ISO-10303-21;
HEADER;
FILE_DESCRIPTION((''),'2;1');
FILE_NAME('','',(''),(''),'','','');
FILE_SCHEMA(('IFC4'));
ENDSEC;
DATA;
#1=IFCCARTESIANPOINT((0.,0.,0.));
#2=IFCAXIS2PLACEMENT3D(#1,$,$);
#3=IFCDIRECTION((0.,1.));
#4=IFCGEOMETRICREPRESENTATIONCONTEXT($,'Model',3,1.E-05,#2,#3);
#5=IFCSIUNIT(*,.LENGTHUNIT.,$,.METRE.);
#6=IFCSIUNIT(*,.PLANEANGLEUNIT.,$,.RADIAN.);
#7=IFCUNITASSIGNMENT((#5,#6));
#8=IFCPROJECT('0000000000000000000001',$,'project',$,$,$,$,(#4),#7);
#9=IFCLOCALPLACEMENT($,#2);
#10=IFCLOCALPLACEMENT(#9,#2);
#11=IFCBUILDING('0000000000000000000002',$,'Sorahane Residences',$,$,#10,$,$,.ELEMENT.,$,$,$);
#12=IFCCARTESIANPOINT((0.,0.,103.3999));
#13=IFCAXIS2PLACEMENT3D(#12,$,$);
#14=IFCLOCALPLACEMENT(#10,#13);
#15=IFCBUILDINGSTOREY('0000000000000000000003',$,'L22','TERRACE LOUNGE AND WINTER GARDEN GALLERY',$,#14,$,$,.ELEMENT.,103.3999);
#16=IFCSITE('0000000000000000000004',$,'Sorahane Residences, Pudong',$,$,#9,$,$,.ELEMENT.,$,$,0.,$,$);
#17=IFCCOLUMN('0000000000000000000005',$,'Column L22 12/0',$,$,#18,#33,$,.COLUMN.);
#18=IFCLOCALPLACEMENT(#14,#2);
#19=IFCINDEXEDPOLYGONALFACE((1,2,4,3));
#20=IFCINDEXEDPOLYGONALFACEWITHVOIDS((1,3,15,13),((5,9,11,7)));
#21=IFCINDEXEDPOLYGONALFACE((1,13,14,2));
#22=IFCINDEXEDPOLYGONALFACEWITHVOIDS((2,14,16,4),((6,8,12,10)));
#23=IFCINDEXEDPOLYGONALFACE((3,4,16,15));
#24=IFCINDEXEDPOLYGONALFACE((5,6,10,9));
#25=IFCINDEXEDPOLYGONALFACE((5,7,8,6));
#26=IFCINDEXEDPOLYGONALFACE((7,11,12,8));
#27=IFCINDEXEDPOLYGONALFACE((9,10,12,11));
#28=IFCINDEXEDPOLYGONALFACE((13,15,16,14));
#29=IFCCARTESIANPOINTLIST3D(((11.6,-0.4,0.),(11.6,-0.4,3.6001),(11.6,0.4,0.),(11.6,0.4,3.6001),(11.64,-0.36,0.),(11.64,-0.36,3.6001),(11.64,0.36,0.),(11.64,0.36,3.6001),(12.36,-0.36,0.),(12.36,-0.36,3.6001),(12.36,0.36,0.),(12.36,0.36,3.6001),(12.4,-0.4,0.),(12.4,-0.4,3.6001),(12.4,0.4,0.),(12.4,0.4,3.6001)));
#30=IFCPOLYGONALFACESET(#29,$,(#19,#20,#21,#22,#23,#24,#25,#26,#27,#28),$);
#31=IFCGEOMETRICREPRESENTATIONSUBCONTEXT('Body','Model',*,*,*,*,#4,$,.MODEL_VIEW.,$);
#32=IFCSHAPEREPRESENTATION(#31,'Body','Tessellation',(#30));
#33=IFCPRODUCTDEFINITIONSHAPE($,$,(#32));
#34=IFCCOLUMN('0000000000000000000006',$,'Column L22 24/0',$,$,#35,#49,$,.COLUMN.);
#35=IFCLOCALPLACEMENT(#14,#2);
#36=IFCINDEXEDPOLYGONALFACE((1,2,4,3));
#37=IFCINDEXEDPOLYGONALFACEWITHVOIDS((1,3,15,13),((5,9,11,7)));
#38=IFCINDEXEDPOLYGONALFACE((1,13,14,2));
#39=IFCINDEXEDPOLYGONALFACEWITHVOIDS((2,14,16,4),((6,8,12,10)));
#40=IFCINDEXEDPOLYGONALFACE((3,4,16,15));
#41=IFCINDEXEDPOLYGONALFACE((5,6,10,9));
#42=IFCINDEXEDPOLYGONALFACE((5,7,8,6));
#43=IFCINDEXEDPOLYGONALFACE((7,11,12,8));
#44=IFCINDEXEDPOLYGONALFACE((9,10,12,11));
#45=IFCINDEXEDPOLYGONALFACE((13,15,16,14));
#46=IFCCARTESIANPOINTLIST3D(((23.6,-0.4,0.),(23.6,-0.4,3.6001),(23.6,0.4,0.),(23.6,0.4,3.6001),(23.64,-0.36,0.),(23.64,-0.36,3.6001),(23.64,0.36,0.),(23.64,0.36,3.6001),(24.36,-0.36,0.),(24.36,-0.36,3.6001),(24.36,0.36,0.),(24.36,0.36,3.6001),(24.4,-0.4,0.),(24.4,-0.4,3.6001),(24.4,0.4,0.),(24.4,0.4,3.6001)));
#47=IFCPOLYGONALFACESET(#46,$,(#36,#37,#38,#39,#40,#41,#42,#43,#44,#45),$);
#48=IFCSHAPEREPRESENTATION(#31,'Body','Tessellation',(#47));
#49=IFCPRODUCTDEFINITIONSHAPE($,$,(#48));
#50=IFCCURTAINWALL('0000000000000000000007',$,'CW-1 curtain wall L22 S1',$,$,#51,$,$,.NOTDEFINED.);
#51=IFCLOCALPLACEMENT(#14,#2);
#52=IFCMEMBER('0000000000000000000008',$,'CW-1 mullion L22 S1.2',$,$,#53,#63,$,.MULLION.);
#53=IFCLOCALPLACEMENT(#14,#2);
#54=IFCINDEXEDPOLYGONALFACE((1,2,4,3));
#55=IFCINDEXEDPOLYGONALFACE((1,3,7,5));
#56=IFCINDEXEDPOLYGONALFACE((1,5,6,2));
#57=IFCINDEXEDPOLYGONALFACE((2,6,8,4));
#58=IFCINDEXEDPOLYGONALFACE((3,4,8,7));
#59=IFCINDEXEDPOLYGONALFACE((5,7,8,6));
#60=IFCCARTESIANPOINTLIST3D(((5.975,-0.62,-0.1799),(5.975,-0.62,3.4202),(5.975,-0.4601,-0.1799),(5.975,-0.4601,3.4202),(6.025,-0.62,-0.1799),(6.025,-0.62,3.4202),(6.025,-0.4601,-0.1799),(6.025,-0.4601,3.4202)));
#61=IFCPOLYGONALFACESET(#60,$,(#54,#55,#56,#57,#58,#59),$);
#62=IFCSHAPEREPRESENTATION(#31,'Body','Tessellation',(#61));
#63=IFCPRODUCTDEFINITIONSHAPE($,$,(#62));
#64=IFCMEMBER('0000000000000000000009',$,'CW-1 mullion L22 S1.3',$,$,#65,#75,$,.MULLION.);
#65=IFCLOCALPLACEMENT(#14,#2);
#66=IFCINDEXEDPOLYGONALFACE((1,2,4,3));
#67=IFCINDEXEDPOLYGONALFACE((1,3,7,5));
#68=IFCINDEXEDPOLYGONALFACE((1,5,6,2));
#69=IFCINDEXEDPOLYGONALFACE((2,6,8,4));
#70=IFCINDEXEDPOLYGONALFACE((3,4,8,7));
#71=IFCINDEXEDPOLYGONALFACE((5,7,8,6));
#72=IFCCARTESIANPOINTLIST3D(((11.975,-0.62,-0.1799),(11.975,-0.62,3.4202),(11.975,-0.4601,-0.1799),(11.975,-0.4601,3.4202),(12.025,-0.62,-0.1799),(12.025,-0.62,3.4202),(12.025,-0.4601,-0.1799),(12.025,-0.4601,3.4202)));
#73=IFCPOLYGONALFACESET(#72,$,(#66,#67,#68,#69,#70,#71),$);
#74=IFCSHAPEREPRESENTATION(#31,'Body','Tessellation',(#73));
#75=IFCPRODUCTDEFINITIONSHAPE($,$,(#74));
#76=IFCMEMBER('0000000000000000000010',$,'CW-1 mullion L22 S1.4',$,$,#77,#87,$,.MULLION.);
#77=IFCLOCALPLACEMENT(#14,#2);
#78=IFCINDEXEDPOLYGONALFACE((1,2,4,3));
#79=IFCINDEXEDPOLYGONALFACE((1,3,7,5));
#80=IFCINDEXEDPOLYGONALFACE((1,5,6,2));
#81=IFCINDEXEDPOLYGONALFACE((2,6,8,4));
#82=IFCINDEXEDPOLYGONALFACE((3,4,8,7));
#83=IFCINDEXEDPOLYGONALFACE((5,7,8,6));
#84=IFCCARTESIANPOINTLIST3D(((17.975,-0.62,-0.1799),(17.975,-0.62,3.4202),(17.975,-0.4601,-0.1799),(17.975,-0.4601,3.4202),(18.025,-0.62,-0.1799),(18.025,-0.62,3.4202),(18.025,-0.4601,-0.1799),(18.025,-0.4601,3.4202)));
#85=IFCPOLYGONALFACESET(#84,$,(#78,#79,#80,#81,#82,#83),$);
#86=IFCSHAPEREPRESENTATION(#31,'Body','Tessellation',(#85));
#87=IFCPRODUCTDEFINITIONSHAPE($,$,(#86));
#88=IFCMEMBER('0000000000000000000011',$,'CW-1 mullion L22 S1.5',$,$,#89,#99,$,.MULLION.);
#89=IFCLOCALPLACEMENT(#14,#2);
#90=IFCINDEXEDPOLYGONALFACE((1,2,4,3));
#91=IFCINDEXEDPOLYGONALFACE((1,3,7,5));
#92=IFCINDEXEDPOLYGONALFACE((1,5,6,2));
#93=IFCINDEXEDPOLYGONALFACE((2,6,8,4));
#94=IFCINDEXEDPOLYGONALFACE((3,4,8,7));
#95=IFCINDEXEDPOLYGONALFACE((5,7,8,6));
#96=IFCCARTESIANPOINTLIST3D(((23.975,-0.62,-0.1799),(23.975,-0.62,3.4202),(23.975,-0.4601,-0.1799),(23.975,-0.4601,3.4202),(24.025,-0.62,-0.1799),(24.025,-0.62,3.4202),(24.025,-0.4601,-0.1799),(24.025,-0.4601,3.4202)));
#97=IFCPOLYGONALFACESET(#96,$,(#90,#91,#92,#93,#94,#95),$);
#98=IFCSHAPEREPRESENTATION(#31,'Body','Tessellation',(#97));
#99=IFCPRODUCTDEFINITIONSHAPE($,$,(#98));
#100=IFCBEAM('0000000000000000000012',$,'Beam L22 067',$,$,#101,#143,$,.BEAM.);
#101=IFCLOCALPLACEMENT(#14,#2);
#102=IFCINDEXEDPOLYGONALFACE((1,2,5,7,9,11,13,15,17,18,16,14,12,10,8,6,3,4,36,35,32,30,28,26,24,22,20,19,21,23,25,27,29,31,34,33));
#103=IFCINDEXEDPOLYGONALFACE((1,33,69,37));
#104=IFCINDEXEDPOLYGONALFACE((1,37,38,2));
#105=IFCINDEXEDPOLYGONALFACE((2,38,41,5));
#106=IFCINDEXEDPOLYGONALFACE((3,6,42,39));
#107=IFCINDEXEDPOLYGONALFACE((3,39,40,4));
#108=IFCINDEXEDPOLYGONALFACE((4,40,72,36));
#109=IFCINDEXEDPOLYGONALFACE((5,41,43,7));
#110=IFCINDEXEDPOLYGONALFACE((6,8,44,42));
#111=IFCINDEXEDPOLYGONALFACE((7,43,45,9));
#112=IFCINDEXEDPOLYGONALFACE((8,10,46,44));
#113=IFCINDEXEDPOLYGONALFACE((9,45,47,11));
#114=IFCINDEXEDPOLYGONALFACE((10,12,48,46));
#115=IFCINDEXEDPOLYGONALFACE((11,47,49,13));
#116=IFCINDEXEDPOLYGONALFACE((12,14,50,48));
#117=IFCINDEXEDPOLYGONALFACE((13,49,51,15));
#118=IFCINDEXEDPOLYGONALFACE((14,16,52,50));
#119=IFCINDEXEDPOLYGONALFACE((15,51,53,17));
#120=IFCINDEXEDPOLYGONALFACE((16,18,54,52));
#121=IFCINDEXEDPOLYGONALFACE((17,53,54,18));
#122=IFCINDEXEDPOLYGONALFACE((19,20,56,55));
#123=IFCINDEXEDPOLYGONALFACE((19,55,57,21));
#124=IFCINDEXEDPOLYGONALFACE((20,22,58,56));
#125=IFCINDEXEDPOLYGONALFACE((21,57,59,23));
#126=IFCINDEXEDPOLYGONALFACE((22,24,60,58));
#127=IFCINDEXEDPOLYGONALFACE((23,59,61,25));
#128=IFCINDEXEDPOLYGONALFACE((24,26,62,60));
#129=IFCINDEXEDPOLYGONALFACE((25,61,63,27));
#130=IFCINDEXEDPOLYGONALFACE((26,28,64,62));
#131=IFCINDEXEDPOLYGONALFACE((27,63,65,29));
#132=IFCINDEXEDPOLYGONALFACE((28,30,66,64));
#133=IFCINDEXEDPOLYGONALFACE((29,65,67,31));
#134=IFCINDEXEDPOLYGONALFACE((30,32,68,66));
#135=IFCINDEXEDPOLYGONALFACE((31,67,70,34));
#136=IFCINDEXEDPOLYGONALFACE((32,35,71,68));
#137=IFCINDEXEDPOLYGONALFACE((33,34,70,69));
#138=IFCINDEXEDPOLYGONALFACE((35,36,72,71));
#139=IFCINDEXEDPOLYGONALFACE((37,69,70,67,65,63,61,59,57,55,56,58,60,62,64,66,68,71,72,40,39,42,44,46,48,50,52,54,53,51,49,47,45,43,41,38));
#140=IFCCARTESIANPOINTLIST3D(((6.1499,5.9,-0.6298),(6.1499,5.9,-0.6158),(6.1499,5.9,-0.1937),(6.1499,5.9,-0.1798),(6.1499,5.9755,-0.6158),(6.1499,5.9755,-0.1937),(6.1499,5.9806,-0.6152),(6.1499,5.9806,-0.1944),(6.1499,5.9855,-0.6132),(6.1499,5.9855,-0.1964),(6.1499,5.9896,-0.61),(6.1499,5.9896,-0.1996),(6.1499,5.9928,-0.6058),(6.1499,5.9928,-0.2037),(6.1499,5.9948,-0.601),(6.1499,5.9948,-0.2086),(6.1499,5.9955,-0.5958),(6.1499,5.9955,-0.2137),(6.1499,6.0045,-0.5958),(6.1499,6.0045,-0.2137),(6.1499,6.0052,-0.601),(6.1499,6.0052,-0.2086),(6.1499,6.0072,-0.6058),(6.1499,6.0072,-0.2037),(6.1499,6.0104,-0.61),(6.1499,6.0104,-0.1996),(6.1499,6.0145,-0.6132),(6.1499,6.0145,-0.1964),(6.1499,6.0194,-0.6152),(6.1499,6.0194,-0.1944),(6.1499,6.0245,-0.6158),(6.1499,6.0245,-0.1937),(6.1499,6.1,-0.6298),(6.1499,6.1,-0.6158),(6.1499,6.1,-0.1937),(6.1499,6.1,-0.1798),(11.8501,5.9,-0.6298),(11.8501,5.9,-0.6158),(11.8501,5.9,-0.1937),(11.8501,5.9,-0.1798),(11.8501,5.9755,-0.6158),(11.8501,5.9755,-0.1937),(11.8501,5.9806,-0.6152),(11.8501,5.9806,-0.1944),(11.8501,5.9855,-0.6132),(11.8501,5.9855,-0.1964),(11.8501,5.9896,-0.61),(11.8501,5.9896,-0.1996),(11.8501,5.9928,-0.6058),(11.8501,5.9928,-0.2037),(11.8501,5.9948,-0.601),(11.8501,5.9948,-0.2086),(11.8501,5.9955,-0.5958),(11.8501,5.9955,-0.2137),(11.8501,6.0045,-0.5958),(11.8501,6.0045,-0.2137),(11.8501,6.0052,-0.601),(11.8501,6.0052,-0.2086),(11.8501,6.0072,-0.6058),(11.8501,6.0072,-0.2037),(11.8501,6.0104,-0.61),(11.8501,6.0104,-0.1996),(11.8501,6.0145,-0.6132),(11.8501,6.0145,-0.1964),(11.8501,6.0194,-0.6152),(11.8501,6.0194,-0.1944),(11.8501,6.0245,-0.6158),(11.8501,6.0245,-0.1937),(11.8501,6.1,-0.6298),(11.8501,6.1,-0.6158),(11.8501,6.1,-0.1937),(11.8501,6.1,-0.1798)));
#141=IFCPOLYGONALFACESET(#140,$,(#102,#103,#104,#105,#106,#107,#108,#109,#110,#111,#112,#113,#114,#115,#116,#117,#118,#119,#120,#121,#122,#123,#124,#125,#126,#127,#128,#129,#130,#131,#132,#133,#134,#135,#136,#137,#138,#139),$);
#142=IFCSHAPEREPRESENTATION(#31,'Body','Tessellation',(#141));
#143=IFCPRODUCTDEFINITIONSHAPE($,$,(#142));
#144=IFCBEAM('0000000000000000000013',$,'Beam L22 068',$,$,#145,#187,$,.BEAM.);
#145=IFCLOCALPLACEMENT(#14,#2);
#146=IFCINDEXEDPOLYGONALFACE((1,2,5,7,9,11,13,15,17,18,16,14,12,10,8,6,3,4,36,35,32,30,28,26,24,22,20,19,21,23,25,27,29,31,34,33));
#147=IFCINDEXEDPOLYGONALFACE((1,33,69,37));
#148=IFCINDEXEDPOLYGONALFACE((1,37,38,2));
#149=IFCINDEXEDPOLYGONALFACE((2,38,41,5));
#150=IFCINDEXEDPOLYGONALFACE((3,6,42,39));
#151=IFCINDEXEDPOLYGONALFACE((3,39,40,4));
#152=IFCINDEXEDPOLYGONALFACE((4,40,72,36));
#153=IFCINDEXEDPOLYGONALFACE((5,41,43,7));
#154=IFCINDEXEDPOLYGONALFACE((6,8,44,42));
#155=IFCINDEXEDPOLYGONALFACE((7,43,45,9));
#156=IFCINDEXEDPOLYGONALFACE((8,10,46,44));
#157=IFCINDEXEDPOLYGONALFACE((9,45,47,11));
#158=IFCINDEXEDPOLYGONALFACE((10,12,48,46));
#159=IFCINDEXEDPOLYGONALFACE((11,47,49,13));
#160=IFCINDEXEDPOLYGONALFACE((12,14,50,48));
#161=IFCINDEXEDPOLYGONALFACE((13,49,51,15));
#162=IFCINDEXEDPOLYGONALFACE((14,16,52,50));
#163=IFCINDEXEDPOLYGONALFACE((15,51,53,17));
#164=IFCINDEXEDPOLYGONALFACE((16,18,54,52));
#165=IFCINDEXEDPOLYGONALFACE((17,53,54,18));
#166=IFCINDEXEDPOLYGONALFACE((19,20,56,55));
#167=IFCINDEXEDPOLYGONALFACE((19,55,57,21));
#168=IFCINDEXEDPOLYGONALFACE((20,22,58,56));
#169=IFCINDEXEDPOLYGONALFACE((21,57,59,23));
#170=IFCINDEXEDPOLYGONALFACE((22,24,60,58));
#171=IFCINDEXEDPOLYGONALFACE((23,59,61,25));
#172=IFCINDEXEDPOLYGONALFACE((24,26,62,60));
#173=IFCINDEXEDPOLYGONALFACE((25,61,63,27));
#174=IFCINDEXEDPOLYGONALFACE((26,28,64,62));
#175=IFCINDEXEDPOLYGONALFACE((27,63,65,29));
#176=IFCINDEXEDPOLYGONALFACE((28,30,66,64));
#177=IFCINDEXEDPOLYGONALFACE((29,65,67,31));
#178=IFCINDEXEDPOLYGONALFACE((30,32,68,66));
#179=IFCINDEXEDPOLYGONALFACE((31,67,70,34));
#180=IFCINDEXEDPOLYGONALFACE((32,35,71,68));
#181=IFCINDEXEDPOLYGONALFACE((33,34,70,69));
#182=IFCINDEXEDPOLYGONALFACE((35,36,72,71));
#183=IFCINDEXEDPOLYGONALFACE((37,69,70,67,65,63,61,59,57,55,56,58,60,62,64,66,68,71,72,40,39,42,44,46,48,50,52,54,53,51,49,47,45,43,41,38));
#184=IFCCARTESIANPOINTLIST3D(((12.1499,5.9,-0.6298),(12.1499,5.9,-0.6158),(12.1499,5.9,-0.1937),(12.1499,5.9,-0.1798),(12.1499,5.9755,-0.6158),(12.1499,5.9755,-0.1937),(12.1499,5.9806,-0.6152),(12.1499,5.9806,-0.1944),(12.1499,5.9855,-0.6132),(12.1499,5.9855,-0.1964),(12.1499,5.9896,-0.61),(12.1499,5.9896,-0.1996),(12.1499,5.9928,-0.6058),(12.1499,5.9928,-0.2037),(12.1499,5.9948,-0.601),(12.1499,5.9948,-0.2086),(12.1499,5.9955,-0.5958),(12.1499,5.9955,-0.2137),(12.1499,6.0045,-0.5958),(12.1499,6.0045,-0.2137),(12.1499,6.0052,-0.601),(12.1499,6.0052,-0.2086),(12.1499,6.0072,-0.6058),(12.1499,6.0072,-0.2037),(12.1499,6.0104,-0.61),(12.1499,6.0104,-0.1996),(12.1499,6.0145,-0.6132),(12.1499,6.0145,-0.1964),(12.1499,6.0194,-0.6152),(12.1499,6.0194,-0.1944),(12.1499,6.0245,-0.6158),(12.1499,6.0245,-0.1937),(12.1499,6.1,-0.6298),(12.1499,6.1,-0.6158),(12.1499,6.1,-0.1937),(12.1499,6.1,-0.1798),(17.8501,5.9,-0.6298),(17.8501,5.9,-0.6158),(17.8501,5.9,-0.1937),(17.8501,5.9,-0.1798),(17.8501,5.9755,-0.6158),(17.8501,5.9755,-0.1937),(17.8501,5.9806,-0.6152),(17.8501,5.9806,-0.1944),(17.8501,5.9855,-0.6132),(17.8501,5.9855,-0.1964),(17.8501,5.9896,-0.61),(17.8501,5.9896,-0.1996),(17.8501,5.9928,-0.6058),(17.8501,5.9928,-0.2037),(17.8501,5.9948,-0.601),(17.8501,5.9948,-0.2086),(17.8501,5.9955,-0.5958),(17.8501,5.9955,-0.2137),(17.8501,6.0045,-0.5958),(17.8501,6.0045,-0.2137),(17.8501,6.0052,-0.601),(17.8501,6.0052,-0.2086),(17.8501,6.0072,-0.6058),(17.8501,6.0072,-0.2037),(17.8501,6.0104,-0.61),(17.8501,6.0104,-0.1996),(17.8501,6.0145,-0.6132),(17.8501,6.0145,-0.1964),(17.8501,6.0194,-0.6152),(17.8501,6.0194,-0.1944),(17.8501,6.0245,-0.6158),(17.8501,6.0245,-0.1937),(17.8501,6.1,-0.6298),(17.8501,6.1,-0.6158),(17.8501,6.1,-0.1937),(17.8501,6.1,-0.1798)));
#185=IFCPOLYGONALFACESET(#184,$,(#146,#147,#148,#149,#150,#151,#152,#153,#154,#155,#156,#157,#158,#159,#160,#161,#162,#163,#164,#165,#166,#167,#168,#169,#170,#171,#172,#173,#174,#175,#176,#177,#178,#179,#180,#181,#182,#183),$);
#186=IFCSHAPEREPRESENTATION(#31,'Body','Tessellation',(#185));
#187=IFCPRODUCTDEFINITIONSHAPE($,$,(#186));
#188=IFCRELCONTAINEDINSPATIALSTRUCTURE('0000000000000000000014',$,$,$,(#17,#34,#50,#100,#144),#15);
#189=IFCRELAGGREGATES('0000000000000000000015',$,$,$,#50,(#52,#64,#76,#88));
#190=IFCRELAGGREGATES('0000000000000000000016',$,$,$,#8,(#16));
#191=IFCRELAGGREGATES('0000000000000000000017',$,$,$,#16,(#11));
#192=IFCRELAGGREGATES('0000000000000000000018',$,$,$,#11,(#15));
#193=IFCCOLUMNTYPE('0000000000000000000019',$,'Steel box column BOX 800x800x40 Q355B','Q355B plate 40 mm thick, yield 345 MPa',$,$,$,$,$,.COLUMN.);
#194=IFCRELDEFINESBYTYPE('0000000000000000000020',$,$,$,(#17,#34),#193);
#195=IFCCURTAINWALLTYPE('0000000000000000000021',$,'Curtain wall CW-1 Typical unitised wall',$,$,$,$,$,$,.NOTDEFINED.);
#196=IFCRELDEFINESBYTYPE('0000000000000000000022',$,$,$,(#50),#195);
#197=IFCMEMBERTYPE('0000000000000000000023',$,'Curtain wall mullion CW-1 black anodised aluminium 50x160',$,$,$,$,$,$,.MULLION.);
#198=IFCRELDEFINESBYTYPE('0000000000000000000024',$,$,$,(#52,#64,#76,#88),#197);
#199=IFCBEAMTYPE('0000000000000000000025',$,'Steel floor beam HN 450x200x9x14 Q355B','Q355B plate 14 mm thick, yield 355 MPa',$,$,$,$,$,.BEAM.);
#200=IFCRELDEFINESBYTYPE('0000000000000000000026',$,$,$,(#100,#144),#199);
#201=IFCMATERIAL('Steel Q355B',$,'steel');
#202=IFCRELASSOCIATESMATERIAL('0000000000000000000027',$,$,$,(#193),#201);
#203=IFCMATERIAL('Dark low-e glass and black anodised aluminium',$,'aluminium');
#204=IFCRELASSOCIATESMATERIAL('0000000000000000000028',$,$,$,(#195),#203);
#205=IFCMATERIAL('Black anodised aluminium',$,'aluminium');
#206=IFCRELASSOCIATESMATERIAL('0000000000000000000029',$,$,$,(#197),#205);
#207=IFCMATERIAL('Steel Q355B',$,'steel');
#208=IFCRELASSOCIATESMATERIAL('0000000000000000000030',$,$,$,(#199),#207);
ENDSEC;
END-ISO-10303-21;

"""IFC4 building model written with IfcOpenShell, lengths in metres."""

from ifc_helpers import new_model, si_unit, direction, frame, origin, origin_2d, place, context, subcontext, project, spatial, rectangle, hollow_rectangle, i_section, extrude, material, material_profile, profile_set, type_object, element, aggregate, save


model = new_model("IFC4")

# Units and contexts
model_context = context("Model", 3, precision=1e-05, world=origin(), true_north=direction((0.0, 1.0)))
body_context = subcontext(model_context, "Body", "Model", "MODEL_VIEW")
ifc_project = project(units=[si_unit("LENGTHUNIT", "METRE"), si_unit("PLANEANGLEUNIT", "RADIAN")], contexts=[model_context])

# Site, building, storey
site_placement = place(None, origin())
site = spatial("IfcSite", under=ifc_project, at=site_placement, Name="Sorahane Residences, Pudong", CompositionType="ELEMENT", RefElevation=0.0)
building_placement = place(site_placement, origin())
building = spatial("IfcBuilding", under=site, at=building_placement, Name="Sorahane Residences", CompositionType="ELEMENT")
storey_placement = place(building_placement, frame((0.0, 0.0, 103.3999)))
storey = spatial("IfcBuildingStorey", under=building, at=storey_placement, Name="L22", Description="TERRACE LOUNGE AND WINTER GARDEN GALLERY", CompositionType="ELEMENT", Elevation=103.3999)

# Columns
ifc_material_1 = material(Name="Steel Q355B", Category="steel")
ifc_material_profile_1 = material_profile(ifc_material_1, hollow_rectangle(XDim=0.8, YDim=0.8, WallThickness=0.04, at=origin_2d()), Name="BOX 800x800x40")
ifc_profile_set_1 = profile_set([ifc_material_profile_1], Name="Steel Q355B")
column_type = type_object("IfcColumnType", Name="Steel box column BOX 800x800x40 Q355B", Description="Q355B plate 40 mm thick, yield 345 MPa", PredefinedType="COLUMN", material=ifc_profile_set_1)
for number, where, z_axis, x_axis, name in (
    (1, (12.0, 0.0, 0.0), (0.0, 0.0, 1.0), (1.0, 0.0, 0.0), "Column L22 12/0"),
    (2, (24.0, 0.0, 0.0), (0.0, 0.0, 1.0), (1.0, 0.0, 0.0), "Column L22 24/0"),
):
    element("IfcColumn", number, at=place(storey_placement, frame(where, z_axis=z_axis, x_axis=x_axis)), inside=storey, type_object=column_type, Name=name, PredefinedType="COLUMN", context=body_context, shape_type="SweptSolid", body=[
        extrude(hollow_rectangle(XDim=0.8, YDim=0.8, WallThickness=0.04, at=origin_2d()), origin(), (0.0, 0.0, 1.0), 3.6001),
    ])

# Curtain wall, members
ifc_material_2 = material(Name="Dark low-e glass and black anodised aluminium", Category="aluminium")
curtain_wall_type = type_object("IfcCurtainWallType", Name="Curtain wall CW-1 Typical unitised wall", PredefinedType="NOTDEFINED", material=ifc_material_2)
curtain_wall_placement = place(storey_placement, origin())
curtain_wall = element("IfcCurtainWall", 3, at=curtain_wall_placement, inside=storey, type_object=curtain_wall_type, Name="CW-1 curtain wall L22 S1", PredefinedType="NOTDEFINED")
ifc_material_3 = material(Name="Black anodised aluminium", Category="aluminium")
ifc_material_profile_2 = material_profile(ifc_material_3, rectangle(XDim=0.1599, YDim=0.05, at=origin_2d()), Name="Curtain wall mullion CW-1 black anodised aluminium 50x160")
ifc_profile_set_2 = profile_set([ifc_material_profile_2], Name="Black anodised aluminium")
member_type = type_object("IfcMemberType", Name="Curtain wall mullion CW-1 black anodised aluminium 50x160", PredefinedType="MULLION", material=ifc_profile_set_2)
member_1_placement = place(storey_placement, frame((6.0, -0.54, -0.1799), z_axis=(0.0, 0.0, 1.0), x_axis=(0.0, -1.0, 0.0)))
member_1 = element("IfcMember", 4, at=member_1_placement, type_object=member_type, Name="CW-1 mullion L22 S1.2", PredefinedType="MULLION", context=body_context, shape_type="SweptSolid", body=[
    extrude(rectangle(XDim=0.1599, YDim=0.05, at=origin_2d()), origin(), (0.0, 0.0, 1.0), 3.6001),
])
member_2_placement = place(storey_placement, frame((12.0, -0.54, -0.1799), z_axis=(0.0, 0.0, 1.0), x_axis=(0.0, -1.0, 0.0)))
member_2 = element("IfcMember", 5, at=member_2_placement, type_object=member_type, Name="CW-1 mullion L22 S1.3", PredefinedType="MULLION", context=body_context, shape_type="SweptSolid", body=[
    extrude(rectangle(XDim=0.1599, YDim=0.05, at=origin_2d()), origin(), (0.0, 0.0, 1.0), 3.6001),
])
member_3_placement = place(storey_placement, frame((18.0, -0.54, -0.1799), z_axis=(0.0, 0.0, 1.0), x_axis=(0.0, -1.0, 0.0)))
member_3 = element("IfcMember", 6, at=member_3_placement, type_object=member_type, Name="CW-1 mullion L22 S1.4", PredefinedType="MULLION", context=body_context, shape_type="SweptSolid", body=[
    extrude(rectangle(XDim=0.1599, YDim=0.05, at=origin_2d()), origin(), (0.0, 0.0, 1.0), 3.6001),
])
member_4_placement = place(storey_placement, frame((24.0, -0.54, -0.1799), z_axis=(0.0, 0.0, 1.0), x_axis=(0.0, -1.0, 0.0)))
member_4 = element("IfcMember", 7, at=member_4_placement, type_object=member_type, Name="CW-1 mullion L22 S1.5", PredefinedType="MULLION", context=body_context, shape_type="SweptSolid", body=[
    extrude(rectangle(XDim=0.1599, YDim=0.05, at=origin_2d()), origin(), (0.0, 0.0, 1.0), 3.6001),
])

# Beams
ifc_material_4 = material(Name="Steel Q355B", Category="steel")
ifc_material_profile_3 = material_profile(ifc_material_4, i_section(OverallWidth=0.2, OverallDepth=0.45, WebThickness=0.009, FlangeThickness=0.0139, FilletRadius=0.02, at=origin_2d()), Name="HN 450x200x9x14")
ifc_profile_set_3 = profile_set([ifc_material_profile_3], Name="Steel Q355B")
beam_type_1 = type_object("IfcBeamType", Name="Steel floor beam HN 450x200x9x14 Q355B", Description="Q355B plate 14 mm thick, yield 355 MPa", PredefinedType="BEAM", material=ifc_profile_set_3)
for number, where, z_axis, x_axis, name in (
    (8, (6.1499, 6.0, -0.4048), (1.0, 0.0, 0.0), (0.0, 1.0, 0.0), "Beam L22 067"),
    (9, (12.1499, 6.0, -0.4048), (1.0, 0.0, 0.0), (0.0, 1.0, 0.0), "Beam L22 068"),
):
    element("IfcBeam", number, at=place(storey_placement, frame(where, z_axis=z_axis, x_axis=x_axis)), inside=storey, type_object=beam_type_1, Name=name, PredefinedType="BEAM", context=body_context, shape_type="SweptSolid", body=[
        extrude(i_section(OverallWidth=0.2, OverallDepth=0.45, WebThickness=0.009, FlangeThickness=0.0139, FilletRadius=0.02, at=origin_2d()), origin(), (0.0, 0.0, 1.0), 5.7002),
    ])

aggregate(curtain_wall, [member_1, member_2, member_3, member_4])

save(model, "model.ifc")
